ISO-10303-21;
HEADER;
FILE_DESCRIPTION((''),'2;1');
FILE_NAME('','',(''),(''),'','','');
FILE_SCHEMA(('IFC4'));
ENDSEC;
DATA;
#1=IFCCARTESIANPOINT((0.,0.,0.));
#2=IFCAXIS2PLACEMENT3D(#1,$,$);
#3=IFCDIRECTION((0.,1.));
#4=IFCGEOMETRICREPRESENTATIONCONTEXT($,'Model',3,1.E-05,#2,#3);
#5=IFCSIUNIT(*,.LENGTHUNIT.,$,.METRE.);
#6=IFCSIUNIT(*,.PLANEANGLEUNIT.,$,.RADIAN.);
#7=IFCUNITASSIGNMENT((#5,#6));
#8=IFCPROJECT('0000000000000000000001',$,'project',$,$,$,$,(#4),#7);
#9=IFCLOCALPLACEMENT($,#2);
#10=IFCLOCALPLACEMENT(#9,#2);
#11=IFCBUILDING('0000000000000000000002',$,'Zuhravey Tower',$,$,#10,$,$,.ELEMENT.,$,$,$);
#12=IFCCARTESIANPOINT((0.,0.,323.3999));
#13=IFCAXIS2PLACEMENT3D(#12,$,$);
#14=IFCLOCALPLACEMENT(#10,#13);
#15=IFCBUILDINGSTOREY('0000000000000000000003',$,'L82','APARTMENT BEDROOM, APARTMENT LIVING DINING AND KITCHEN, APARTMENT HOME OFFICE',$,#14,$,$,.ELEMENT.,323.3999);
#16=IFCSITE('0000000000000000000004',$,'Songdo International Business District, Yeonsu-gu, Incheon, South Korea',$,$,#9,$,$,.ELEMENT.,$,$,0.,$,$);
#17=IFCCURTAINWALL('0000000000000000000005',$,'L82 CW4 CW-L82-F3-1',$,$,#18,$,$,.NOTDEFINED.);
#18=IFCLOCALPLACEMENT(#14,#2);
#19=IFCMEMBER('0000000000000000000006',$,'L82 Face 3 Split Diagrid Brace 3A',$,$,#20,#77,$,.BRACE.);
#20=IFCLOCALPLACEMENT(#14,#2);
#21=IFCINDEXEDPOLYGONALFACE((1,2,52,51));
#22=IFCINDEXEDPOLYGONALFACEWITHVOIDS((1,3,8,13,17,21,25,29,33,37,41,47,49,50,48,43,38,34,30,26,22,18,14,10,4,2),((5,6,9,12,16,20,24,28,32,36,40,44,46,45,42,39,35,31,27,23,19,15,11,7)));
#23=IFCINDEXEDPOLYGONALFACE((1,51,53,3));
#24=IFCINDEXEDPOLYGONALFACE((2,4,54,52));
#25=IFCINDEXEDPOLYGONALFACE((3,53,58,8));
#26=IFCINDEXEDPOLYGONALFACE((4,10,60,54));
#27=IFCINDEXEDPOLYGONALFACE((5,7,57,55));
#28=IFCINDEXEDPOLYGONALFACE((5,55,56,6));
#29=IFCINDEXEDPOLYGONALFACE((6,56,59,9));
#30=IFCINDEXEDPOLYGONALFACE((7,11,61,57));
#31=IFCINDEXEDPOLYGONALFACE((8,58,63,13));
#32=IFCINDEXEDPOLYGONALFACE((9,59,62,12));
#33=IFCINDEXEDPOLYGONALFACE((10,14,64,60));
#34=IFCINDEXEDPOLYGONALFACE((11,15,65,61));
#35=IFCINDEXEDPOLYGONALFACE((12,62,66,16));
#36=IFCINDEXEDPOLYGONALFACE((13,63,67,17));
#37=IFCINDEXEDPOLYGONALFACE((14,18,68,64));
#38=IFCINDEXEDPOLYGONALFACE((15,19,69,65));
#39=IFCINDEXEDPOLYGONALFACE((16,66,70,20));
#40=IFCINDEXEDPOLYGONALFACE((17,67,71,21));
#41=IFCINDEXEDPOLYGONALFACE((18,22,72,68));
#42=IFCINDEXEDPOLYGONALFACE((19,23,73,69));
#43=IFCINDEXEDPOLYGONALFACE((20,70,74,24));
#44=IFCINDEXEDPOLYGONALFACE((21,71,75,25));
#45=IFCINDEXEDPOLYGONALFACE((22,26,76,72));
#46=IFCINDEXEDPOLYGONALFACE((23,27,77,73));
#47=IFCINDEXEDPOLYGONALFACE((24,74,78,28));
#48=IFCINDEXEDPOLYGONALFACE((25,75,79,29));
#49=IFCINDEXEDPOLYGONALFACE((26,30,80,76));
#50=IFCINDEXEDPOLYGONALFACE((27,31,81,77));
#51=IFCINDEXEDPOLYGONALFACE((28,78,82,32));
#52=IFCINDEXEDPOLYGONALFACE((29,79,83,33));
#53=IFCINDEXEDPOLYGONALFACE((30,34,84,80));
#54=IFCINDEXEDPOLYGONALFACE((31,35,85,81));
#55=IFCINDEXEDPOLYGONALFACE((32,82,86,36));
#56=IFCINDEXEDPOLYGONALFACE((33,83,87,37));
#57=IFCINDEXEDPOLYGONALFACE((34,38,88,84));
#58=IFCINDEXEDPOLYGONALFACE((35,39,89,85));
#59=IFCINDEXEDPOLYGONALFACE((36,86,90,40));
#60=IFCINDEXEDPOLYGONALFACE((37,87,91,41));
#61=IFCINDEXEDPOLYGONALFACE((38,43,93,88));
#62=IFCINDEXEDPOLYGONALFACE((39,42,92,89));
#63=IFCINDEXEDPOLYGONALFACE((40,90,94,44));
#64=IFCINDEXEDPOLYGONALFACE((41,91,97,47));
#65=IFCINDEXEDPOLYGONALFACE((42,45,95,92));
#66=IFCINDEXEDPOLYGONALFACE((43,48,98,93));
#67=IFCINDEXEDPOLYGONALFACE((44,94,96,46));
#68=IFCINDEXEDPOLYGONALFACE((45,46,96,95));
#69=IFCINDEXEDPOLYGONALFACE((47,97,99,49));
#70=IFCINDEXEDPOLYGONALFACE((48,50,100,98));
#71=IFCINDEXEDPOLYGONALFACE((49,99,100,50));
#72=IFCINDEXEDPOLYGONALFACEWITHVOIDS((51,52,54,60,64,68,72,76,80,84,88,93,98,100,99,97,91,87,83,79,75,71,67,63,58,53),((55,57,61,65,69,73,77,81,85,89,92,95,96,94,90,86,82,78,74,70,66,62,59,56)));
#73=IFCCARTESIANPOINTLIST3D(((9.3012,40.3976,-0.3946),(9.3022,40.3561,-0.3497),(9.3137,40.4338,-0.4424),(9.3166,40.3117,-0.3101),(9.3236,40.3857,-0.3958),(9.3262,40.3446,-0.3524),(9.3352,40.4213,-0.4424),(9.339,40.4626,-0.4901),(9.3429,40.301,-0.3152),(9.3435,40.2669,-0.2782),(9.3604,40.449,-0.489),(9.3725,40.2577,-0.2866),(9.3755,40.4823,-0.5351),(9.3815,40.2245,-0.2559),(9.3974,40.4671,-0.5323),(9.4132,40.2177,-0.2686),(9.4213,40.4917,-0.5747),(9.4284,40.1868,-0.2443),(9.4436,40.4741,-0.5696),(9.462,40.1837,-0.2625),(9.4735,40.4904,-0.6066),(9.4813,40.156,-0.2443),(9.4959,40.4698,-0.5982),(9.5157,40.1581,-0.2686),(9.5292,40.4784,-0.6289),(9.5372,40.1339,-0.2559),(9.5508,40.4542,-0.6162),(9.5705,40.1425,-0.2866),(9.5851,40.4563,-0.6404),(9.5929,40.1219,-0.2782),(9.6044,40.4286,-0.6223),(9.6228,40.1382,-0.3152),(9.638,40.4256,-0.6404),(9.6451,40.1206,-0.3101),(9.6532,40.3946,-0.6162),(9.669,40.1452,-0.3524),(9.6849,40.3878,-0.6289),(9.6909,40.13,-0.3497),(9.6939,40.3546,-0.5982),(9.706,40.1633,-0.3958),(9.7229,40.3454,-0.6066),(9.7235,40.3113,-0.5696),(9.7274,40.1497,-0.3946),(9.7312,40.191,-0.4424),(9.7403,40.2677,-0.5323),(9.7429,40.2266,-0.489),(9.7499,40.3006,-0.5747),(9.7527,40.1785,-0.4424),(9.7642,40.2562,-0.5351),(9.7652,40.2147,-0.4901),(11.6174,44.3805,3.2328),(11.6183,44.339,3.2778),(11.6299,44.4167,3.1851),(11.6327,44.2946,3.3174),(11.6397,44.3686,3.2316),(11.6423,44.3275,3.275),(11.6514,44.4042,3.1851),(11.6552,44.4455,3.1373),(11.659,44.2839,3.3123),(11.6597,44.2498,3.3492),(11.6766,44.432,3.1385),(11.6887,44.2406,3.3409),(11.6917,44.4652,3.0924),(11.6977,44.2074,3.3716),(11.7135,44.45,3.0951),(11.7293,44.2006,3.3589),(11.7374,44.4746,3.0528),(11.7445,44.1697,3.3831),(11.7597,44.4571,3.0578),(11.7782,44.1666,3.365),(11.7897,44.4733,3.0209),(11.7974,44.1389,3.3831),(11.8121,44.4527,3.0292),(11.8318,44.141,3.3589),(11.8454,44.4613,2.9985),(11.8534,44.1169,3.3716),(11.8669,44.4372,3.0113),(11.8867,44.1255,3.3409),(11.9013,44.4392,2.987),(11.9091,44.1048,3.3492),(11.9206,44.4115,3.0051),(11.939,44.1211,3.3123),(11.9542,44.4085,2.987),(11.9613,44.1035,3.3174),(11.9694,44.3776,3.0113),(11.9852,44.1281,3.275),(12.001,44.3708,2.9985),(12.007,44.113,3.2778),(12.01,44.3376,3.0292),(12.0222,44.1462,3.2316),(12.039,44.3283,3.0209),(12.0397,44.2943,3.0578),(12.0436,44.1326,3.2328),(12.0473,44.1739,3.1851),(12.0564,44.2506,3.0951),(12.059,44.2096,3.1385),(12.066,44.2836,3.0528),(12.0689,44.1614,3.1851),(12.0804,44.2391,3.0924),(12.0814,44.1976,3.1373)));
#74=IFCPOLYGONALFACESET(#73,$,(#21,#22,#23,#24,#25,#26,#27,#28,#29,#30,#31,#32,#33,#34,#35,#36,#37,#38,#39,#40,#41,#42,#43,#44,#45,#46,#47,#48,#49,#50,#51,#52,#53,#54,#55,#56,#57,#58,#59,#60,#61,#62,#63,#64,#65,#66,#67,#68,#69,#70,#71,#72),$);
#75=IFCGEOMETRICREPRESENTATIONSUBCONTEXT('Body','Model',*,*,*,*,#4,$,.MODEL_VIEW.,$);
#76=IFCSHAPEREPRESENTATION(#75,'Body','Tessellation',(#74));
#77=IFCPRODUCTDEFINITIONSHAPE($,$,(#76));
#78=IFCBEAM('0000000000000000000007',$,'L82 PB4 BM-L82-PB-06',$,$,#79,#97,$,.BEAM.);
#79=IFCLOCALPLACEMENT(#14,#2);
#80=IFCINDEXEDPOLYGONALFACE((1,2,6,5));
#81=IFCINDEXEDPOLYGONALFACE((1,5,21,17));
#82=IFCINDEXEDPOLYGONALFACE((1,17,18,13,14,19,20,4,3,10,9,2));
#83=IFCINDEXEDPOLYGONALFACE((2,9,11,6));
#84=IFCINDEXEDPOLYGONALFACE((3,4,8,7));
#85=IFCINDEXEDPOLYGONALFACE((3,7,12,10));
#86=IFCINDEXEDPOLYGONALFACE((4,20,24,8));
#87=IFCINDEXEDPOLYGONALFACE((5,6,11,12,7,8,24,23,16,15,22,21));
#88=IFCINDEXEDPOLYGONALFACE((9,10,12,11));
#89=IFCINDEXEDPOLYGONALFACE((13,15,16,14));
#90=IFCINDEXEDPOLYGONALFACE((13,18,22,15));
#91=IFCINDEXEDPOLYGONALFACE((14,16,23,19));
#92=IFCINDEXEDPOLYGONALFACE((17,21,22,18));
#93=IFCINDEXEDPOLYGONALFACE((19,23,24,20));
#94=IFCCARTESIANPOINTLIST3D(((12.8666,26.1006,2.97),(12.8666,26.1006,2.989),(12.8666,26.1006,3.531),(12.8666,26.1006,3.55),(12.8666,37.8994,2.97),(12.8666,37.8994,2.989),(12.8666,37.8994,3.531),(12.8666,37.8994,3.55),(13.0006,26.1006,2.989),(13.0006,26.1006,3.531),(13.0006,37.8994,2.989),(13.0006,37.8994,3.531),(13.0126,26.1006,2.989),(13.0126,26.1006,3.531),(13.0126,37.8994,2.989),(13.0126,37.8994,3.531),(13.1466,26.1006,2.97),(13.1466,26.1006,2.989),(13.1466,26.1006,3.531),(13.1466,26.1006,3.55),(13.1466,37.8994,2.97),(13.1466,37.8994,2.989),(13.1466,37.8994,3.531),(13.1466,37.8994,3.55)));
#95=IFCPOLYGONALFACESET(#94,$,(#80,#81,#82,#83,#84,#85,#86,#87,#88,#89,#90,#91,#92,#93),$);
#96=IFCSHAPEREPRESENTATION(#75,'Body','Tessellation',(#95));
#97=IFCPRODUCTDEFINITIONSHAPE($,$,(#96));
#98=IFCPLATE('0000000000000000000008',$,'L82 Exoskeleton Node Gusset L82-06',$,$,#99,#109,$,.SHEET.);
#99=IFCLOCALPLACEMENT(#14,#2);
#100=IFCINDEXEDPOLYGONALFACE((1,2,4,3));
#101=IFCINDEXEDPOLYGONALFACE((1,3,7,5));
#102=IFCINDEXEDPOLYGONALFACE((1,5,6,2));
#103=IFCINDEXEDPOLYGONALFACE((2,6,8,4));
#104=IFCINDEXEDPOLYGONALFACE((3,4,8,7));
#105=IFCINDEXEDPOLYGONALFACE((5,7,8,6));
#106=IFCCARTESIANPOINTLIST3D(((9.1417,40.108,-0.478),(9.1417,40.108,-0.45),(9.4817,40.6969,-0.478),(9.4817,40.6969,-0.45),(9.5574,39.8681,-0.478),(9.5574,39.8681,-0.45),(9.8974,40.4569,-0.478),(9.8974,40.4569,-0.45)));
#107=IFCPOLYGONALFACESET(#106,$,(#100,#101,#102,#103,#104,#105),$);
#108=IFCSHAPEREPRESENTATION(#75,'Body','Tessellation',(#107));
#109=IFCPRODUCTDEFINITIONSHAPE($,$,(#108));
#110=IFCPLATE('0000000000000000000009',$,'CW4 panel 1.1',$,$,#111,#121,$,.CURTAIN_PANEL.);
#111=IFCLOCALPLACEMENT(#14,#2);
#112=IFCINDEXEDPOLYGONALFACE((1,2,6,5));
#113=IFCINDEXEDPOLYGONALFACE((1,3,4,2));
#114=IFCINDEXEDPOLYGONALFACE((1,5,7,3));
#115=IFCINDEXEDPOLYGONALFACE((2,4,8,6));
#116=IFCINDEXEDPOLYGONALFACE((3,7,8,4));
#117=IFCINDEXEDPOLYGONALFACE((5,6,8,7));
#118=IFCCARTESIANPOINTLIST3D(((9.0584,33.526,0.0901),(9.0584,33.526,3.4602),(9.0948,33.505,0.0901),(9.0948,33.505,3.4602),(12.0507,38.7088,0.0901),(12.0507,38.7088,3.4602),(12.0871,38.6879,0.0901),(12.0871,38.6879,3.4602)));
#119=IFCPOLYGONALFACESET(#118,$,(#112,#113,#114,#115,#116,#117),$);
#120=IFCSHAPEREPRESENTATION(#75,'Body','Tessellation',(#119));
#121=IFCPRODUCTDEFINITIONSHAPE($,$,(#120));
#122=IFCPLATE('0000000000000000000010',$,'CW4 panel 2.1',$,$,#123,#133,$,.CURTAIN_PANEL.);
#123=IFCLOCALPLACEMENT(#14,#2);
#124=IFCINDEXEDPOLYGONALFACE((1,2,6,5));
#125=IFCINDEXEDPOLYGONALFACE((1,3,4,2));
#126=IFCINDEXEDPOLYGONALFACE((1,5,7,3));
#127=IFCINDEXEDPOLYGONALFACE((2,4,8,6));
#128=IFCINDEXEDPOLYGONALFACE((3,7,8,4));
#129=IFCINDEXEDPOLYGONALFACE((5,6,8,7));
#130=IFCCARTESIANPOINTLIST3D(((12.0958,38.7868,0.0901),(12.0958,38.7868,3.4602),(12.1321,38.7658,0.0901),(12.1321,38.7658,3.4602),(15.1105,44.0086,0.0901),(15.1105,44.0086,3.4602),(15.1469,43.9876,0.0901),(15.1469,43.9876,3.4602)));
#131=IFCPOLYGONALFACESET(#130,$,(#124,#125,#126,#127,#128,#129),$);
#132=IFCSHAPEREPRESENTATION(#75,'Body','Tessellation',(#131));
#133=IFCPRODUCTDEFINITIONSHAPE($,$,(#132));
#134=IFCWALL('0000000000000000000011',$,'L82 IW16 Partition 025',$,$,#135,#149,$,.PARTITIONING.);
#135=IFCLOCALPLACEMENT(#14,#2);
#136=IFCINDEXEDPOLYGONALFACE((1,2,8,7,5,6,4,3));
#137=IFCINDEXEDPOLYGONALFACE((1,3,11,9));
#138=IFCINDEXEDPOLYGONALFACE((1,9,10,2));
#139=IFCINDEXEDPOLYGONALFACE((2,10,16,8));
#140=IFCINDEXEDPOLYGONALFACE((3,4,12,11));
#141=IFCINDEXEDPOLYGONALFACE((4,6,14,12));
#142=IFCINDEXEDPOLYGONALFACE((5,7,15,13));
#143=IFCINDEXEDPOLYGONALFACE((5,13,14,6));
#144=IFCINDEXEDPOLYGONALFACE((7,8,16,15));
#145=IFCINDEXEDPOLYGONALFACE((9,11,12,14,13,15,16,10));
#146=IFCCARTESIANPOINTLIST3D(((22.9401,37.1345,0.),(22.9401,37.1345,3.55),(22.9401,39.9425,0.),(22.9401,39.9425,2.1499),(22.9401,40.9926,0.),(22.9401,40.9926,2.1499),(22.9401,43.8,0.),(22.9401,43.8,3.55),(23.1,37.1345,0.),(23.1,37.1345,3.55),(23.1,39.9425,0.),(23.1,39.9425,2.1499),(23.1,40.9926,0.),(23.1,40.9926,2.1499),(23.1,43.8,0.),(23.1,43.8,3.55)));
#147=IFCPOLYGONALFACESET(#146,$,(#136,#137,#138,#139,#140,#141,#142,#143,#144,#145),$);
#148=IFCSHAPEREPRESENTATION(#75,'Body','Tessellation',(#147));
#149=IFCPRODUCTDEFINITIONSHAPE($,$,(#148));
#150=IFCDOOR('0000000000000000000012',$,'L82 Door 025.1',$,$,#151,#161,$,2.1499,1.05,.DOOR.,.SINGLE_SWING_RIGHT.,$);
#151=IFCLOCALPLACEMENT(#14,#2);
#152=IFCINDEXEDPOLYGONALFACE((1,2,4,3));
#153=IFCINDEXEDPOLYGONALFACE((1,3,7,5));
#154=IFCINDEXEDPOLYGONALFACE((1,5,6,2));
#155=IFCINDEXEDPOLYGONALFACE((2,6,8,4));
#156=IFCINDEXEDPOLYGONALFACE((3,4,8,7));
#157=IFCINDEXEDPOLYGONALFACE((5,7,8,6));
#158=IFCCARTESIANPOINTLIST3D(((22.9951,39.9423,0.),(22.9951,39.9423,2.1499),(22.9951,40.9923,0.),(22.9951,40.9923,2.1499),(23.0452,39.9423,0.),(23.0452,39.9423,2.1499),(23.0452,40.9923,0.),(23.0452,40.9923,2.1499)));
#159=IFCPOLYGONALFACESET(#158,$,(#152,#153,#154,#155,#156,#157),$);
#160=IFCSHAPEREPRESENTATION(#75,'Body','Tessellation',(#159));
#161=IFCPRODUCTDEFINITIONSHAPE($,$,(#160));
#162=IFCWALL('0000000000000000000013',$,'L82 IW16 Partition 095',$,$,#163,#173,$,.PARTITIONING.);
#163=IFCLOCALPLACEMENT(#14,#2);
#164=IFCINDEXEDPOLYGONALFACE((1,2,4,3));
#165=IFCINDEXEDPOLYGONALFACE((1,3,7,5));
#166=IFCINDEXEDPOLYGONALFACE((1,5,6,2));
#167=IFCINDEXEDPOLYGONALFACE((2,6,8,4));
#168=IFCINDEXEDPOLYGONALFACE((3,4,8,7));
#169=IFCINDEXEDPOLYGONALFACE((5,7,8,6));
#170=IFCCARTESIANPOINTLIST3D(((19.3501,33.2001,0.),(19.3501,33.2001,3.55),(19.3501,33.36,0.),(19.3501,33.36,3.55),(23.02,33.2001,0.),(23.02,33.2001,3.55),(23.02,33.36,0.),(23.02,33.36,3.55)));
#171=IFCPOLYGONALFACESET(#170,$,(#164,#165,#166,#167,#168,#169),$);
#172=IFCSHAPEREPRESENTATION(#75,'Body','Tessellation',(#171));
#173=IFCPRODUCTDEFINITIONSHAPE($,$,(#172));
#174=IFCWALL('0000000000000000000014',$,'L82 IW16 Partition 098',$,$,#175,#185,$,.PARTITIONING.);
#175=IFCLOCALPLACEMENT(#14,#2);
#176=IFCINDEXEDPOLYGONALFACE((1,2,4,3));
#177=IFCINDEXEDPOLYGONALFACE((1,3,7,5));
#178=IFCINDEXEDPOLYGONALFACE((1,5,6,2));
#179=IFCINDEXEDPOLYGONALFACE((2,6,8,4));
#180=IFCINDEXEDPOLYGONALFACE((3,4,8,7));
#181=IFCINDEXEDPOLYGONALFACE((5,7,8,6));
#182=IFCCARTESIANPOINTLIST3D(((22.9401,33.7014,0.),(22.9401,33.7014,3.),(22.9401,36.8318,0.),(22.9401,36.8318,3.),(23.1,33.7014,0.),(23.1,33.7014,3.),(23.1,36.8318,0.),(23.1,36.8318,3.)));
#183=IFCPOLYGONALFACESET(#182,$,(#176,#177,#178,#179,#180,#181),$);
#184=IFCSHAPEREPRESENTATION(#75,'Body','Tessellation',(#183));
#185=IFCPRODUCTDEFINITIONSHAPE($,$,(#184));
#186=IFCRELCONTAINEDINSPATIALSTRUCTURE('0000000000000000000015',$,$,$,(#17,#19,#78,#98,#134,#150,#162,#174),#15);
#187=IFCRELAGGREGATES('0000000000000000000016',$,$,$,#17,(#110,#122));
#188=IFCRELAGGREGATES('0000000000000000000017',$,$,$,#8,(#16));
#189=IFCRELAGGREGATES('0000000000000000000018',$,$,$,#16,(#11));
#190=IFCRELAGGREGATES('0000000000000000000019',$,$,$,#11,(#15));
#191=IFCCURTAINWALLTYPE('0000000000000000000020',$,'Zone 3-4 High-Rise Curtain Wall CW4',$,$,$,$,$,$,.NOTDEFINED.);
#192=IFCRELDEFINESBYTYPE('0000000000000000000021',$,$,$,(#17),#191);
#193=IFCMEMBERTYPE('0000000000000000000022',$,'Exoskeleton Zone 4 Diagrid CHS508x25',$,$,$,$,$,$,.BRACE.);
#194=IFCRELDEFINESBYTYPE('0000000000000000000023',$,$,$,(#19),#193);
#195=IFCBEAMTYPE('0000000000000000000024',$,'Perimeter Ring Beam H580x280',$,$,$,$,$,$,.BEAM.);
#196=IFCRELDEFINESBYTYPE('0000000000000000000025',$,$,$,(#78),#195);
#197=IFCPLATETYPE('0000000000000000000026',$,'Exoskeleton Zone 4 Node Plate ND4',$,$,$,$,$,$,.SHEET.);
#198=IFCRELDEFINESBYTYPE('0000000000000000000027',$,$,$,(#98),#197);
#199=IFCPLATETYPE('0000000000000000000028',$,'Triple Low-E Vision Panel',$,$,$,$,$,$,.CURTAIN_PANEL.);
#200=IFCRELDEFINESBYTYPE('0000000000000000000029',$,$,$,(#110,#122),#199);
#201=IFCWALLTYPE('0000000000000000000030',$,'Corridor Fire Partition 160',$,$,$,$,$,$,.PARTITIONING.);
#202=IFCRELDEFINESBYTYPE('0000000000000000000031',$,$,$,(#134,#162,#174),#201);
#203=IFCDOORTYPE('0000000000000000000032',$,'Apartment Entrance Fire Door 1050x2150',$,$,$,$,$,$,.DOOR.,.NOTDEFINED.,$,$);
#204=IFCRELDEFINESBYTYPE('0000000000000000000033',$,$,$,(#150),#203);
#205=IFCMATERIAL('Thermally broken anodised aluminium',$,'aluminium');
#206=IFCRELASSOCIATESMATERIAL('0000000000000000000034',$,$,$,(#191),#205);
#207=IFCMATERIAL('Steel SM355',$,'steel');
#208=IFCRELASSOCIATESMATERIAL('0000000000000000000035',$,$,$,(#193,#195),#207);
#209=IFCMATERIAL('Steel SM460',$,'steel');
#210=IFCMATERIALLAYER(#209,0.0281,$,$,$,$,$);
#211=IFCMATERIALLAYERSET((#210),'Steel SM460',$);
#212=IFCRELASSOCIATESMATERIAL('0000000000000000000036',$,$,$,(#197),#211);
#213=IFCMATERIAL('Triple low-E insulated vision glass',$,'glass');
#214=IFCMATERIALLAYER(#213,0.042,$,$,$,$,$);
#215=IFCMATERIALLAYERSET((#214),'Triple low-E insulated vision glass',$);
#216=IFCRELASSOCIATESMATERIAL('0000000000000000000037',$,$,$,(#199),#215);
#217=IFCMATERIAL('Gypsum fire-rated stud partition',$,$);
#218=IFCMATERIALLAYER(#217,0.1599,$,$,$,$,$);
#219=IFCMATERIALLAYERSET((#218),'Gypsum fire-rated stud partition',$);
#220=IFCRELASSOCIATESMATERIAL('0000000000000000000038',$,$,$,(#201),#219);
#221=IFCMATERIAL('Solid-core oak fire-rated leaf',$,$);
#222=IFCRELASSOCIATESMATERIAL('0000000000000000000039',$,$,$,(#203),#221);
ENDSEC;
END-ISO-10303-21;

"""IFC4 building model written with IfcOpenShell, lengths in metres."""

from ifc_helpers import new_model, si_unit, direction, frame, frame_2d, origin, origin_2d, place, context, subcontext, project, spatial, rectangle, hollow_circle, i_section, extrude, material, layer, layer_set, material_profile, profile_set, type_object, element, fill, aggregate, save


model = new_model("IFC4")

# Units and contexts
model_context = context("Model", 3, precision=1e-05, world=origin(), true_north=direction((0.0, 1.0)))
body_context = subcontext(model_context, "Body", "Model", "MODEL_VIEW")
ifc_project = project(units=[si_unit("LENGTHUNIT", "METRE"), si_unit("PLANEANGLEUNIT", "RADIAN")], contexts=[model_context])

# Site, building, storey
site_placement = place(None, origin())
site = spatial("IfcSite", under=ifc_project, at=site_placement, Name="Songdo International Business District, Yeonsu-gu, Incheon, South Korea", CompositionType="ELEMENT", RefElevation=0.0)
building_placement = place(site_placement, origin())
building = spatial("IfcBuilding", under=site, at=building_placement, Name="Zuhravey Tower", CompositionType="ELEMENT")
storey_placement = place(building_placement, frame((0.0, 0.0, 323.3999)))
storey = spatial("IfcBuildingStorey", under=building, at=storey_placement, Name="L82", Description="APARTMENT BEDROOM, APARTMENT LIVING DINING AND KITCHEN, APARTMENT HOME OFFICE", CompositionType="ELEMENT", Elevation=323.3999)

# Curtain wall
ifc_material_1 = material(Name="Thermally broken anodised aluminium", Category="aluminium")
curtain_wall_type = type_object("IfcCurtainWallType", Name="Zone 3-4 High-Rise Curtain Wall CW4", PredefinedType="NOTDEFINED", material=ifc_material_1)
curtain_wall_placement = place(storey_placement, origin())
curtain_wall = element("IfcCurtainWall", 1, at=curtain_wall_placement, inside=storey, type_object=curtain_wall_type, Name="L82 CW4 CW-L82-F3-1", PredefinedType="NOTDEFINED")

# Member
ifc_material_2 = material(Name="Steel SM355", Category="steel")
ifc_material_profile_1 = material_profile(ifc_material_2, hollow_circle(Radius=0.2539, WallThickness=0.0249, at=origin_2d()), Name="CHS-508.0x25")
ifc_profile_set_1 = profile_set([ifc_material_profile_1], Name="Steel SM355")
member_type_1 = type_object("IfcMemberType", Name="Exoskeleton Zone 4 Diagrid CHS508x25", PredefinedType="BRACE", material=ifc_profile_set_1)
member_1_placement = place(storey_placement, frame((9.5332, 40.3062, -0.4424), z_axis=(0.39498, 0.679214, 0.618595), x_axis=(-0.864458, 0.502704, 0.0)))
element("IfcMember", 2, at=member_1_placement, inside=storey, type_object=member_type_1, Name="L82 Face 3 Split Diagrid Brace 3A", PredefinedType="BRACE", context=body_context, shape_type="SweptSolid", body=[
    extrude(hollow_circle(Radius=0.2539, WallThickness=0.0249, at=origin_2d()), origin(), (0.0, 0.0, 1.0), 5.864),
])

# Beam
ifc_material_profile_2 = material_profile(ifc_material_2, i_section(OverallWidth=0.28, OverallDepth=0.5801, WebThickness=0.012, FlangeThickness=0.019, at=origin_2d()), Name="H-580x280x12x19")
ifc_profile_set_2 = profile_set([ifc_material_profile_2], Name="Steel SM355")
beam_type = type_object("IfcBeamType", Name="Perimeter Ring Beam H580x280", PredefinedType="BEAM", material=ifc_profile_set_2)
beam_placement = place(storey_placement, frame((13.0066, 37.8994, 3.26), z_axis=(0.0, -1.0, 0.0), x_axis=(1.0, 0.0, 0.0)))
element("IfcBeam", 3, at=beam_placement, inside=storey, type_object=beam_type, Name="L82 PB4 BM-L82-PB-06", PredefinedType="BEAM", context=body_context, shape_type="SweptSolid", body=[
    extrude(i_section(OverallWidth=0.28, OverallDepth=0.5801, WebThickness=0.012, FlangeThickness=0.019, at=origin_2d()), origin(), (0.0, 0.0, 1.0), 11.7988),
])

# Plates
ifc_material_3 = material(Name="Steel SM460", Category="steel")
ifc_layer_1 = layer(ifc_material_3, 0.0281)
ifc_layer_set_1 = layer_set([ifc_layer_1], Name="Steel SM460")
plate_type_1 = type_object("IfcPlateType", Name="Exoskeleton Zone 4 Node Plate ND4", PredefinedType="SHEET", material=ifc_layer_set_1)
plate_1_placement = place(storey_placement, frame((9.5195, 40.2825, -0.478), z_axis=(0.0, 0.0, 1.0), x_axis=(-0.5, -0.866025, 0.0)))
element("IfcPlate", 4, at=plate_1_placement, inside=storey, type_object=plate_type_1, Name="L82 Exoskeleton Node Gusset L82-06", PredefinedType="SHEET", context=body_context, shape_type="SweptSolid", body=[
    extrude(rectangle(XDim=0.6799, YDim=0.48, at=origin_2d()), origin(), (0.0, 0.0, 1.0), 0.0281),
])
ifc_material_4 = material(Name="Triple low-E insulated vision glass", Category="glass")
ifc_layer_2 = layer(ifc_material_4, 0.042)
ifc_layer_set_2 = layer_set([ifc_layer_2], Name="Triple low-E insulated vision glass")
plate_type_2 = type_object("IfcPlateType", Name="Triple Low-E Vision Panel", PredefinedType="CURTAIN_PANEL", material=ifc_layer_set_2)
plate_2_placement = place(storey_placement, frame((10.5728, 36.1069, 0.0901), z_axis=(0.0, 0.0, 1.0), x_axis=(0.5, 0.866026, 0.0)))
plate_2 = element("IfcPlate", 5, at=plate_2_placement, type_object=plate_type_2, Name="CW4 panel 1.1", PredefinedType="CURTAIN_PANEL", context=body_context, shape_type="SweptSolid", body=[
    extrude(rectangle(XDim=5.9846, YDim=0.042, at=origin_2d()), origin(), (0.0, 0.0, 1.0), 3.3701),
])
plate_3_placement = place(storey_placement, frame((13.6213, 41.3872, 0.0901), z_axis=(0.0, 0.0, 1.0), x_axis=(0.5, 0.866026, 0.0)))
plate_3 = element("IfcPlate", 6, at=plate_3_placement, type_object=plate_type_2, Name="CW4 panel 2.1", PredefinedType="CURTAIN_PANEL", context=body_context, shape_type="SweptSolid", body=[
    extrude(rectangle(XDim=6.0295, YDim=0.042, at=origin_2d()), origin(), (0.0, 0.0, 1.0), 3.3701),
])
aggregate(curtain_wall, [plate_2, plate_3])

# Wall, opening, door
ifc_material_5 = material(Name="Gypsum fire-rated stud partition")
ifc_layer_3 = layer(ifc_material_5, 0.1599)
ifc_layer_set_3 = layer_set([ifc_layer_3], Name="Gypsum fire-rated stud partition")
wall_type_1 = type_object("IfcWallType", Name="Corridor Fire Partition 160", PredefinedType="PARTITIONING", material=ifc_layer_set_3)
wall_1_placement = place(storey_placement, frame((23.02, 43.8, 0.0), z_axis=(0.0, 0.0, 1.0), x_axis=(0.0, -1.0, 0.0)))
wall_1 = element("IfcWall", 7, at=wall_1_placement, inside=storey, type_object=wall_type_1, Name="L82 IW16 Partition 025", PredefinedType="PARTITIONING", context=body_context, shape_type="SweptSolid", body=[
    extrude(rectangle(XDim=6.6655, YDim=0.1599, at=frame_2d((3.3328, 0.0))), origin(), (0.0, 0.0, 1.0), 3.55),
])
opening_1_placement = place(wall_1_placement, frame((2.8076, 0.0, 0.0)))
opening_1 = element("IfcOpeningElement", 8, at=opening_1_placement, cuts=wall_1, PredefinedType="OPENING", context=body_context, shape_type="SweptSolid", body=[
    extrude(rectangle(XDim=1.05, YDim=2.1499, at=frame_2d((0.5249, 1.075))), frame((0.0, 0.092, 0.0), z_axis=(0.0, -1.0, 0.0), x_axis=(1.0, 0.0, 0.0)), (0.0, 0.0, 1.0), 0.1838),
])
ifc_material_6 = material(Name="Solid-core oak fire-rated leaf")
door_type_1 = type_object("IfcDoorType", Name="Apartment Entrance Fire Door 1050x2150", OperationType="NOTDEFINED", PredefinedType="DOOR", material=ifc_material_6)
door_1_placement = place(opening_1_placement, frame((1.05, 0.0, 0.0), z_axis=(0.0, 0.0, 1.0), x_axis=(-1.0, 0.0, 0.0)))
door_1 = element("IfcDoor", 9, at=door_1_placement, inside=storey, type_object=door_type_1, Name="L82 Door 025.1", OperationType="SINGLE_SWING_RIGHT", OverallHeight=2.1499, OverallWidth=1.05, PredefinedType="DOOR", context=body_context, shape_type="SweptSolid", body=[
    extrude(rectangle(XDim=1.05, YDim=2.1499, at=frame_2d((0.5249, 1.075))), frame((0.0, 0.0249, 0.0), z_axis=(0.0, -1.0, 0.0), x_axis=(1.0, 0.0, 0.0)), (0.0, 0.0, 1.0), 0.05),
])
fill(opening_1, door_1)

# Walls
wall_2_placement = place(storey_placement, frame((23.02, 33.28, 0.0), z_axis=(0.0, 0.0, 1.0), x_axis=(-1.0, 0.0, 0.0)))
element("IfcWall", 10, at=wall_2_placement, inside=storey, type_object=wall_type_1, Name="L82 IW16 Partition 095", PredefinedType="PARTITIONING", context=body_context, shape_type="SweptSolid", body=[
    extrude(rectangle(XDim=3.6699, YDim=0.1599, at=frame_2d((1.835, 0.0))), origin(), (0.0, 0.0, 1.0), 3.55),
])
wall_3_placement = place(storey_placement, frame((23.02, 36.8318, 0.0), z_axis=(0.0, 0.0, 1.0), x_axis=(0.0, -1.0, 0.0)))
element("IfcWall", 11, at=wall_3_placement, inside=storey, type_object=wall_type_1, Name="L82 IW16 Partition 098", PredefinedType="PARTITIONING", context=body_context, shape_type="SweptSolid", body=[
    extrude(rectangle(XDim=3.1304, YDim=0.1599, at=frame_2d((1.5652, 0.0))), origin(), (0.0, 0.0, 1.0), 3.0),
])

save(model, "model.ifc")
